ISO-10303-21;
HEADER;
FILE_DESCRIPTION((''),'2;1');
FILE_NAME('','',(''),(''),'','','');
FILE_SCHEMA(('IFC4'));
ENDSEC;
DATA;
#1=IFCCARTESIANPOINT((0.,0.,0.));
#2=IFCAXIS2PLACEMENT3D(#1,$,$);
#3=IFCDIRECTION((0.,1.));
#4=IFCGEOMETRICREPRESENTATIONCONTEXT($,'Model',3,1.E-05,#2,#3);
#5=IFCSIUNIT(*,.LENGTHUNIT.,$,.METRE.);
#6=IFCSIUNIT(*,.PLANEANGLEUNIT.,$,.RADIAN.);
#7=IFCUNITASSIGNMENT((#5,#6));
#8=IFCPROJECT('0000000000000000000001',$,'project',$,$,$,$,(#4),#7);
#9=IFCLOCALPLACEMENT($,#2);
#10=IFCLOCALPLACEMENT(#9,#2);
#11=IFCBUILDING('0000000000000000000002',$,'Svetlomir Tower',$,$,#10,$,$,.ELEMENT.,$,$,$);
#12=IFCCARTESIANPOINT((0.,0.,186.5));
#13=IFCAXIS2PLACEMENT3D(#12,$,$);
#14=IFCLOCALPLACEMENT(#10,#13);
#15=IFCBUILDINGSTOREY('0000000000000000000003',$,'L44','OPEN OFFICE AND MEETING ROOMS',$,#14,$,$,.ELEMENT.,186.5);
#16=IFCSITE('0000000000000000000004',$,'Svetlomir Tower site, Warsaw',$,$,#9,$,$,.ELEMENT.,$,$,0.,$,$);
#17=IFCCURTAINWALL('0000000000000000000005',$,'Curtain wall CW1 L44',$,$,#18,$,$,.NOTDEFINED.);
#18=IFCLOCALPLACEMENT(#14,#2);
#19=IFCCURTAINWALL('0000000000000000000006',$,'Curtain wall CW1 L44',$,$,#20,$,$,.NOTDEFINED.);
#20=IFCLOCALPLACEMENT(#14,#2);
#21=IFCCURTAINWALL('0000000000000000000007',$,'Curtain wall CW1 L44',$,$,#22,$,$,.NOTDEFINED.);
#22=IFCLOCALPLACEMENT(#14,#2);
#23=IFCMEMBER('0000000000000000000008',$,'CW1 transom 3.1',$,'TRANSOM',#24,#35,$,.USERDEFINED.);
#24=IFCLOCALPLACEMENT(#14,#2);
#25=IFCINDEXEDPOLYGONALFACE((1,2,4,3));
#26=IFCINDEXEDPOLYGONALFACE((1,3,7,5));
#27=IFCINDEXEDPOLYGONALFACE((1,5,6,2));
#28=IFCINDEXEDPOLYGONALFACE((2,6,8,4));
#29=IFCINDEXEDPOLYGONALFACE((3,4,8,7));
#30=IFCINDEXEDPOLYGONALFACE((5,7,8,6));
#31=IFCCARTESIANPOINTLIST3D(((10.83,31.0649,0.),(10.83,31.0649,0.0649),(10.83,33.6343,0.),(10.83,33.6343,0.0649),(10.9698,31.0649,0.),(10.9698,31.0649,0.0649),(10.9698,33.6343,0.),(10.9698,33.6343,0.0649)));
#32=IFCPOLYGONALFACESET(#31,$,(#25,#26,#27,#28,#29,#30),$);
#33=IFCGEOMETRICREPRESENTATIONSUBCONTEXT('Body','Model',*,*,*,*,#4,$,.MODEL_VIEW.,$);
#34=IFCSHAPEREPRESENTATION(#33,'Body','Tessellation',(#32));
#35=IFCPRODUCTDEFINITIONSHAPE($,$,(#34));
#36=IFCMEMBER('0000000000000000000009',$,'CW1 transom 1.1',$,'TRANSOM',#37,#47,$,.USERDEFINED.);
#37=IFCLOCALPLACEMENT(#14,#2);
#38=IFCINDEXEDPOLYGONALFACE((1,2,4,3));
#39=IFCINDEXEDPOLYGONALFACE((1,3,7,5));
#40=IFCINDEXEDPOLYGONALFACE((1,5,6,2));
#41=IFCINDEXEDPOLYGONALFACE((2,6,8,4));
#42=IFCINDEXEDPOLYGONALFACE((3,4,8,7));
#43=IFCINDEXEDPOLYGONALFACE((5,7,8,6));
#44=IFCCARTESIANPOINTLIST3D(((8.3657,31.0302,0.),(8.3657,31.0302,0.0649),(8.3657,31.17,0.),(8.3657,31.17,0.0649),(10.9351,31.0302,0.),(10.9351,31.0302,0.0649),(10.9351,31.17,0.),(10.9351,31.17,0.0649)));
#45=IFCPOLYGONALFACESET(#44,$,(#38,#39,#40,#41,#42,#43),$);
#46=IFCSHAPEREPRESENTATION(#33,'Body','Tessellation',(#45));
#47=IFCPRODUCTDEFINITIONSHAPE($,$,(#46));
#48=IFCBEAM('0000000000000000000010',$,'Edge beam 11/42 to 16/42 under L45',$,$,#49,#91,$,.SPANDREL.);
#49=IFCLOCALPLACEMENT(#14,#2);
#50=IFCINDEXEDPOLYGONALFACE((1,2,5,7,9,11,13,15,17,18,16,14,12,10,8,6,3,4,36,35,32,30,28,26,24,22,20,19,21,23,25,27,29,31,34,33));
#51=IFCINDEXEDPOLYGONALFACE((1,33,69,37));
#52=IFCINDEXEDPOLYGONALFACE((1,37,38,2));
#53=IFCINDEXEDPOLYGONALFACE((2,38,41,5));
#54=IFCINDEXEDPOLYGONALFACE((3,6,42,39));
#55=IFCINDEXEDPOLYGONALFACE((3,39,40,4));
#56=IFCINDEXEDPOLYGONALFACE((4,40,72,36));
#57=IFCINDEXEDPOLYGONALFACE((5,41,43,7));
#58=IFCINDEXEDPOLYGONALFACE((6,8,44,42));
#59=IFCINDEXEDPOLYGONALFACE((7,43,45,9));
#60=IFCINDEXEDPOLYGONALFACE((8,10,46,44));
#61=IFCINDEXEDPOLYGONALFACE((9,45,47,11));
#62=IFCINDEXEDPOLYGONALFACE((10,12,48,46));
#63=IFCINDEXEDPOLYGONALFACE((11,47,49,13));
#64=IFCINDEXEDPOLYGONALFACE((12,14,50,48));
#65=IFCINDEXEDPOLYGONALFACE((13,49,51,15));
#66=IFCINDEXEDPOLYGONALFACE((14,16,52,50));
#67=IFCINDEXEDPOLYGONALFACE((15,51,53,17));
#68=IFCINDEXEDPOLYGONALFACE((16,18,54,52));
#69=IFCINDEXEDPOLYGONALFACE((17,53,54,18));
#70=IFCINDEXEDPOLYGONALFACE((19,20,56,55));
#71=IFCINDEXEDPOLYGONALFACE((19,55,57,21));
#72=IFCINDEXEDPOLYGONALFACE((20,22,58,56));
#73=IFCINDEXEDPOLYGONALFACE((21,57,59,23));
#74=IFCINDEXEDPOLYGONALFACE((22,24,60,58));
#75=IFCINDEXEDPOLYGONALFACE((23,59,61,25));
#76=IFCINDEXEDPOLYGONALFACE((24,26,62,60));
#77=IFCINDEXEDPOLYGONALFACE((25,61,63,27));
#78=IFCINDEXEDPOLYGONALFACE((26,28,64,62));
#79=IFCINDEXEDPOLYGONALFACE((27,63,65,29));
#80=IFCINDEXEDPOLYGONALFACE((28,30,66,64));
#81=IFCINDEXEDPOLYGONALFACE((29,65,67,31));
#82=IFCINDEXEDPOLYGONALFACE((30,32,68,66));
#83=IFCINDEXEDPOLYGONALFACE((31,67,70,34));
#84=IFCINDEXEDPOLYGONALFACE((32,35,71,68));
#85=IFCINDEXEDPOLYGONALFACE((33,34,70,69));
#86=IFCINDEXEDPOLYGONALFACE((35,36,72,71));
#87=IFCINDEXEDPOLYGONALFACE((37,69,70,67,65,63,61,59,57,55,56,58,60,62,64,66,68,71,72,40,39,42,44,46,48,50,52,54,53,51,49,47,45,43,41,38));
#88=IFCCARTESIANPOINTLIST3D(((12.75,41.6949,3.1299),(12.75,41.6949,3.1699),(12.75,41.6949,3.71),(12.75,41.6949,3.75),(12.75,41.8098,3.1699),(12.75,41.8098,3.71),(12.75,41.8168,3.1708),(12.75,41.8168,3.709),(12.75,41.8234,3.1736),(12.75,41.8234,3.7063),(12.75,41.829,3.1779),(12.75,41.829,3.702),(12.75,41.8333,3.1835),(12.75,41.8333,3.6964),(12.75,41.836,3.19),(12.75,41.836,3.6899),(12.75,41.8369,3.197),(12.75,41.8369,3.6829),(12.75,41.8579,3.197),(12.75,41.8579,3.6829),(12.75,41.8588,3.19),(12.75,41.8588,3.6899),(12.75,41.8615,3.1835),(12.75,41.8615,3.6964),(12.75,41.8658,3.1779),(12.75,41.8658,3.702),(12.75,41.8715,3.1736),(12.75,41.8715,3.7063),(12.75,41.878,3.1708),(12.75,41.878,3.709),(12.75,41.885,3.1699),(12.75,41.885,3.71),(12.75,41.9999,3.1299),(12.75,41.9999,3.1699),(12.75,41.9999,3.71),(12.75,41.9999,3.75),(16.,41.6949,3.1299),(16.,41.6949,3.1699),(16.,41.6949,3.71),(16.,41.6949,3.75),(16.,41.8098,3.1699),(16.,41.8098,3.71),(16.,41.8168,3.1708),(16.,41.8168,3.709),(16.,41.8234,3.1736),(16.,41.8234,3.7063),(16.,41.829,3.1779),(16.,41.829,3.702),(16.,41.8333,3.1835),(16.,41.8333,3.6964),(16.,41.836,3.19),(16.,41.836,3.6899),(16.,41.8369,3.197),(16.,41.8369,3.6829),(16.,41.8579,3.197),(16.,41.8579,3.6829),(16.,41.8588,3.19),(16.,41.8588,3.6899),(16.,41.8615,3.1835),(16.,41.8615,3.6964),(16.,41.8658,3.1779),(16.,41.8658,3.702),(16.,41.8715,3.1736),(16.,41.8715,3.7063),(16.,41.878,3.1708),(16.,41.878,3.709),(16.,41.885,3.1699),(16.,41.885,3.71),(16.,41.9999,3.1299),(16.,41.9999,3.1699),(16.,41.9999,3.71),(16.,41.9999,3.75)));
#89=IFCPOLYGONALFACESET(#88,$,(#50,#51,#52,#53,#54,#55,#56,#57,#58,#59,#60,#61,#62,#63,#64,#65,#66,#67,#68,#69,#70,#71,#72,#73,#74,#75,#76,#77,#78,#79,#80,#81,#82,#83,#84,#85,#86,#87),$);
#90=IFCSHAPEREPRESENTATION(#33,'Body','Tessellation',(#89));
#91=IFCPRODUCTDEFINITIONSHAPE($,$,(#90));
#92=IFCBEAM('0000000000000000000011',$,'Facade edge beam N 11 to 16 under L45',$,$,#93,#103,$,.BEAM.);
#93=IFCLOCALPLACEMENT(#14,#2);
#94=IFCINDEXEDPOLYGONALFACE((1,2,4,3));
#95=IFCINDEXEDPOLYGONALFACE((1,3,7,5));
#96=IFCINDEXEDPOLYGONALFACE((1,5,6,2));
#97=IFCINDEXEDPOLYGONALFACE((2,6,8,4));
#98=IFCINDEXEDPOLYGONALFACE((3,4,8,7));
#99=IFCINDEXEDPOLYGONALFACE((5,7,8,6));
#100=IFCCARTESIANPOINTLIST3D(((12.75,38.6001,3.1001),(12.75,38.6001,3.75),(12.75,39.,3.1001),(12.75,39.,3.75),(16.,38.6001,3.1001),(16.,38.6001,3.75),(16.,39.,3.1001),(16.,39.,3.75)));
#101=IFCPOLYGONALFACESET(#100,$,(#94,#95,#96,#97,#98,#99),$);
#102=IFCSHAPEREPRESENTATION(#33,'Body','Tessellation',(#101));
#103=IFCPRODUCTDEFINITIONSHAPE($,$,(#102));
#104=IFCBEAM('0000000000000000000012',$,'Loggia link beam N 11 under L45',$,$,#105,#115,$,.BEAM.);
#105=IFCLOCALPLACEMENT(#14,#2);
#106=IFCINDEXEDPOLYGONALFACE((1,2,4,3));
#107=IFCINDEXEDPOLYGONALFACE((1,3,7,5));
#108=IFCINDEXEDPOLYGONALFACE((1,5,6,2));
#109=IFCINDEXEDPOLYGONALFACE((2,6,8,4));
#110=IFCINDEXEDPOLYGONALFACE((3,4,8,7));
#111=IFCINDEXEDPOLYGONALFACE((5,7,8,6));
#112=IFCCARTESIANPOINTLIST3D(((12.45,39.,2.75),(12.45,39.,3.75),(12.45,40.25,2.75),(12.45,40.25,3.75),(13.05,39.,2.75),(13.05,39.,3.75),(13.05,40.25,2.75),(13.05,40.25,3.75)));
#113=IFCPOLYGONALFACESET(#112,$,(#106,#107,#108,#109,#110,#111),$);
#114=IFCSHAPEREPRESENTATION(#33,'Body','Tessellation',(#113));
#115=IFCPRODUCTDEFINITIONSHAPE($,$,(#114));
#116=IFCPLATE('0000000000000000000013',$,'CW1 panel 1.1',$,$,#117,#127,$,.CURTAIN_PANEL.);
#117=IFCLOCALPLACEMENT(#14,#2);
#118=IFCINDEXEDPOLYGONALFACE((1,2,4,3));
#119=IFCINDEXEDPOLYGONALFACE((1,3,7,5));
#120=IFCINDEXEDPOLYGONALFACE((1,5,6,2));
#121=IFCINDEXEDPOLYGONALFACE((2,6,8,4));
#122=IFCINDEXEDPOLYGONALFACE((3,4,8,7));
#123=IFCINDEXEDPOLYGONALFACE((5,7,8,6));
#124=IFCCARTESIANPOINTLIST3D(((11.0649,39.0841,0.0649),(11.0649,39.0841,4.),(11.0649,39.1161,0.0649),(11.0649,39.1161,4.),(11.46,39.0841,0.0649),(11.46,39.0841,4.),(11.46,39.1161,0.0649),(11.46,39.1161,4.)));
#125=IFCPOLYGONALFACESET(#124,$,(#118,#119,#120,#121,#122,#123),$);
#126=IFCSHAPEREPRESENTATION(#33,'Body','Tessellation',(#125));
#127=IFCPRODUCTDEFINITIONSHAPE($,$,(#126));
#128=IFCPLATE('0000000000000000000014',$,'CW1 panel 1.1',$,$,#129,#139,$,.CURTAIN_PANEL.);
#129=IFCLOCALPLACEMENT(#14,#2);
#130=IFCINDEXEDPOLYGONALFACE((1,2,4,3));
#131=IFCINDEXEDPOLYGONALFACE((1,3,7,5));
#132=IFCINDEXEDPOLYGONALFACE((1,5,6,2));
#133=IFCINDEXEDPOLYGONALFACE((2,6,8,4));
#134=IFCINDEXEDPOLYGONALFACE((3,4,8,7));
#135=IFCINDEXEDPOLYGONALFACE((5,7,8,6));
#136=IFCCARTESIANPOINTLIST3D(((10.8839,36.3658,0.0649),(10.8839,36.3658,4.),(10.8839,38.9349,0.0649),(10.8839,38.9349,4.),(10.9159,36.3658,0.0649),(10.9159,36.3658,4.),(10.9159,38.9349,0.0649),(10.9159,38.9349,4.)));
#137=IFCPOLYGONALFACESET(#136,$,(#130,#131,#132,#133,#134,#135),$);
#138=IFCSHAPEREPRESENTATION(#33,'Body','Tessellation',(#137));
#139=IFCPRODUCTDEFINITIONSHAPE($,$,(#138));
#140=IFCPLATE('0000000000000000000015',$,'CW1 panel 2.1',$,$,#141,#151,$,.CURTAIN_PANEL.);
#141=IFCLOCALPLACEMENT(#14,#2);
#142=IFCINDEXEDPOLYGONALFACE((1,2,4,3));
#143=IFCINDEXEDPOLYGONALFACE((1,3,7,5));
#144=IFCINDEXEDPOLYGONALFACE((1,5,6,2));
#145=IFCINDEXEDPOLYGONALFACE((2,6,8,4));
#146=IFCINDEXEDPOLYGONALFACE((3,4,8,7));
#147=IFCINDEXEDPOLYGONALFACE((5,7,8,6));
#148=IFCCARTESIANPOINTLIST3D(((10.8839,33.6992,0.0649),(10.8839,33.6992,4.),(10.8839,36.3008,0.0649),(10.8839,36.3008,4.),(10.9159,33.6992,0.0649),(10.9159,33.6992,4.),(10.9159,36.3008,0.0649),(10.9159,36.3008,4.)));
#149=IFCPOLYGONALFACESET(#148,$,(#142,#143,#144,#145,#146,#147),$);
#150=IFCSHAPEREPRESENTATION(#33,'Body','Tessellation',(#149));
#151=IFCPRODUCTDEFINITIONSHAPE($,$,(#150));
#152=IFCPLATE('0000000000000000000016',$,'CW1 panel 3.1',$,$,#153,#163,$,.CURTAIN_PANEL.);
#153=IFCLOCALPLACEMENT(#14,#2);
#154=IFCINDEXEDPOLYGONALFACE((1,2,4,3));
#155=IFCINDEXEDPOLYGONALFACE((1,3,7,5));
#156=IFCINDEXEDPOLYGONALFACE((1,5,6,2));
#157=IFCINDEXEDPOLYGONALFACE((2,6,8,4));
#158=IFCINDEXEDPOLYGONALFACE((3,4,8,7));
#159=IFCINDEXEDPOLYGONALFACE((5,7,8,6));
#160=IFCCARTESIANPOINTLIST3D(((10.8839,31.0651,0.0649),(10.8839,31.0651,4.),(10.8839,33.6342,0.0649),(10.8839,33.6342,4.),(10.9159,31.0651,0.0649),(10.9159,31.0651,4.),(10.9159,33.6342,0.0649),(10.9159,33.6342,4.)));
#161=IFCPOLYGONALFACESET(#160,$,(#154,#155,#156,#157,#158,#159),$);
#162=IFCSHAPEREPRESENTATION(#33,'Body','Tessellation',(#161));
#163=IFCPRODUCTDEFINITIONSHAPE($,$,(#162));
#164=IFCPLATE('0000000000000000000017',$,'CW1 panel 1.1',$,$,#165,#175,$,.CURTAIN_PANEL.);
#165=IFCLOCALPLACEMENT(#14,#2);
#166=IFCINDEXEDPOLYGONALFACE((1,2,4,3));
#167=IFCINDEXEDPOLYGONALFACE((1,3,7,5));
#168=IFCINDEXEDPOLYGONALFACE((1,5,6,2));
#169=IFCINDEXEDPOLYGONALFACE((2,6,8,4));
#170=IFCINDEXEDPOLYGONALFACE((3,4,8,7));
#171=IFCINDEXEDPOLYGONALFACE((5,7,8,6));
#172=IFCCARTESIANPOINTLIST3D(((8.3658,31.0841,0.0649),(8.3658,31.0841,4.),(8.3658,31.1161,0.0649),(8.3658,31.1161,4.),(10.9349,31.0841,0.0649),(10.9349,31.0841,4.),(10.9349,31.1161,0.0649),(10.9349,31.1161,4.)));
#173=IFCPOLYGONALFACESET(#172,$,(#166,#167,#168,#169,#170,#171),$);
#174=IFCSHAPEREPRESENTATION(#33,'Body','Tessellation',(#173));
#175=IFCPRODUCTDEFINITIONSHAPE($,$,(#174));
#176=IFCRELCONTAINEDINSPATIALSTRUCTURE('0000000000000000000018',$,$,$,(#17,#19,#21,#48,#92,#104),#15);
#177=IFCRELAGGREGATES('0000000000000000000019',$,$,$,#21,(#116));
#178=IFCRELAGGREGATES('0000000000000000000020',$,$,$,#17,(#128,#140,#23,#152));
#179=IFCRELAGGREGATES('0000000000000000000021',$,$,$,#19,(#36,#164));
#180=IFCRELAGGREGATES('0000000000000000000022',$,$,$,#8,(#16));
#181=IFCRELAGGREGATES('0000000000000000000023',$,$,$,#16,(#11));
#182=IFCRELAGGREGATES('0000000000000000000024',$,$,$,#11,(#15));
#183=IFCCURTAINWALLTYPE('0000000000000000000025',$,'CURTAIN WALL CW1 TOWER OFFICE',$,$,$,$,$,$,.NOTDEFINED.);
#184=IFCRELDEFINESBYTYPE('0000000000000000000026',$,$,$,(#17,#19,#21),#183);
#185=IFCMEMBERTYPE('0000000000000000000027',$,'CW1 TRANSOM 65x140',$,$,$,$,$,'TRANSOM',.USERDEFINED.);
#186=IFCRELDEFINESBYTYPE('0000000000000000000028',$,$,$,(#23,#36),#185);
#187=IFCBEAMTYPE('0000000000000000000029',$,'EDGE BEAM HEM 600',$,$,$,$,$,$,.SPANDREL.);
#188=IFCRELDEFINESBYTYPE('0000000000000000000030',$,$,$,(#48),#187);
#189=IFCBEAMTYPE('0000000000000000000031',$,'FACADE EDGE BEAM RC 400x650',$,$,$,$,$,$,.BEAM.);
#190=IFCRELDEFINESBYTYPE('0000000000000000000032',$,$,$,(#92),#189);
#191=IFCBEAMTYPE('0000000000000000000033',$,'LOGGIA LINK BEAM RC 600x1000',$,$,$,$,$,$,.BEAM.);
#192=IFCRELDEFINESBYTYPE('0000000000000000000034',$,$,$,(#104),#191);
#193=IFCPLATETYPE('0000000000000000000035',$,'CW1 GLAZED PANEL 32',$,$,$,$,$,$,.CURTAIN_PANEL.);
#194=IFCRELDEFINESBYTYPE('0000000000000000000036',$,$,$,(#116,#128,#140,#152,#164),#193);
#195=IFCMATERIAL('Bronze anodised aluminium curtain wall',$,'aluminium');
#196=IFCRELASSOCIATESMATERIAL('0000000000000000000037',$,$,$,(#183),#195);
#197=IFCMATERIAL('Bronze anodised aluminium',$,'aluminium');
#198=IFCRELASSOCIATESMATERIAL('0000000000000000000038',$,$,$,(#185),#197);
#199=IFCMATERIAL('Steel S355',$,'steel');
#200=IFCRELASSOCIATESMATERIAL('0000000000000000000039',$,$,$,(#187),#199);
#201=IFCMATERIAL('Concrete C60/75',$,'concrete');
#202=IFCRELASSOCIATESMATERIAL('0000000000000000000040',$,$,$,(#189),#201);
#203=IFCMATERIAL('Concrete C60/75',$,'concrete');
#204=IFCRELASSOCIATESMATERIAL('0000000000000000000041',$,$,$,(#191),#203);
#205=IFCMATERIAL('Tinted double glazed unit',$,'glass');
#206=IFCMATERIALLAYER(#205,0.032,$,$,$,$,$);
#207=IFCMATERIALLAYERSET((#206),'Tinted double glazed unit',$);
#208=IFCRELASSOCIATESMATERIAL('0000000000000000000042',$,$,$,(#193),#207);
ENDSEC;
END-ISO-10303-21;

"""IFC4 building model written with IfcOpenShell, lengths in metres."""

from ifc_helpers import new_model, si_unit, direction, frame, origin, origin_2d, place, context, subcontext, project, spatial, rectangle, i_section, extrude, material, layer, layer_set, material_profile, profile_set, type_object, element, aggregate, save


model = new_model("IFC4")

# Units and contexts
model_context = context("Model", 3, precision=1e-05, world=origin(), true_north=direction((0.0, 1.0)))
body_context = subcontext(model_context, "Body", "Model", "MODEL_VIEW")
ifc_project = project(units=[si_unit("LENGTHUNIT", "METRE"), si_unit("PLANEANGLEUNIT", "RADIAN")], contexts=[model_context])

# Site, building, storey
site_placement = place(None, origin())
site = spatial("IfcSite", under=ifc_project, at=site_placement, Name="Svetlomir Tower site, Warsaw", CompositionType="ELEMENT", RefElevation=0.0)
building_placement = place(site_placement, origin())
building = spatial("IfcBuilding", under=site, at=building_placement, Name="Svetlomir Tower", CompositionType="ELEMENT")
storey_placement = place(building_placement, frame((0.0, 0.0, 186.5)))
storey = spatial("IfcBuildingStorey", under=building, at=storey_placement, Name="L44", Description="OPEN OFFICE AND MEETING ROOMS", CompositionType="ELEMENT", Elevation=186.5)

# Curtain walls
ifc_material_1 = material(Name="Bronze anodised aluminium curtain wall", Category="aluminium")
curtain_wall_type = type_object("IfcCurtainWallType", Name="CURTAIN WALL CW1 TOWER OFFICE", PredefinedType="NOTDEFINED", material=ifc_material_1)
curtain_wall_1_placement = place(storey_placement, origin())
curtain_wall_1 = element("IfcCurtainWall", 1, at=curtain_wall_1_placement, inside=storey, type_object=curtain_wall_type, Name="Curtain wall CW1 L44", PredefinedType="NOTDEFINED")
curtain_wall_2_placement = place(storey_placement, origin())
curtain_wall_2 = element("IfcCurtainWall", 2, at=curtain_wall_2_placement, inside=storey, type_object=curtain_wall_type, Name="Curtain wall CW1 L44", PredefinedType="NOTDEFINED")

# Curtain wall
curtain_wall_3_placement = place(storey_placement, origin())
curtain_wall_3 = element("IfcCurtainWall", 3, at=curtain_wall_3_placement, inside=storey, type_object=curtain_wall_type, Name="Curtain wall CW1 L44", PredefinedType="NOTDEFINED")

# Members
ifc_material_2 = material(Name="Bronze anodised aluminium", Category="aluminium")
ifc_material_profile_1 = material_profile(ifc_material_2, rectangle(XDim=0.1399, YDim=0.0649, at=origin_2d()), Name="AL 140x65")
ifc_profile_set_1 = profile_set([ifc_material_profile_1], Name="Bronze anodised aluminium 6063-T6")
member_type_1 = type_object("IfcMemberType", Name="CW1 TRANSOM 65x140", ElementType="TRANSOM", PredefinedType="USERDEFINED", material=ifc_profile_set_1)
member_1_placement = place(storey_placement, frame((10.8999, 33.6343, 0.0325), z_axis=(0.0, -1.0, 0.0), x_axis=(1.0, 0.0, 0.0)))
member_1 = element("IfcMember", 4, at=member_1_placement, type_object=member_type_1, Name="CW1 transom 3.1", ObjectType="TRANSOM", PredefinedType="USERDEFINED", context=body_context, shape_type="SweptSolid", body=[
    extrude(rectangle(XDim=0.1399, YDim=0.0649, at=origin_2d()), origin(), (0.0, 0.0, 1.0), 2.5693),
])
member_2_placement = place(storey_placement, frame((10.9351, 31.1001, 0.0325), z_axis=(-1.0, 0.0, 0.0), x_axis=(0.0, -1.0, 0.0)))
member_2 = element("IfcMember", 5, at=member_2_placement, type_object=member_type_1, Name="CW1 transom 1.1", ObjectType="TRANSOM", PredefinedType="USERDEFINED", context=body_context, shape_type="SweptSolid", body=[
    extrude(rectangle(XDim=0.1399, YDim=0.0649, at=origin_2d()), origin(), (0.0, 0.0, 1.0), 2.5693),
])

# Beams
ifc_material_3 = material(Name="Steel S355", Category="steel")
ifc_material_profile_2 = material_profile(ifc_material_3, i_section(OverallWidth=0.3049, OverallDepth=0.6201, WebThickness=0.021, FlangeThickness=0.04, FilletRadius=0.0271, at=origin_2d()), Name="HEM 600")
ifc_profile_set_2 = profile_set([ifc_material_profile_2], Name="Steel S355")
beam_type_1 = type_object("IfcBeamType", Name="EDGE BEAM HEM 600", PredefinedType="SPANDREL", material=ifc_profile_set_2)
beam_1_placement = place(storey_placement, frame((12.75, 41.8474, 3.4399), z_axis=(1.0, 0.0, 0.0), x_axis=(0.0, 1.0, 0.0)))
element("IfcBeam", 6, at=beam_1_placement, inside=storey, type_object=beam_type_1, Name="Edge beam 11/42 to 16/42 under L45", PredefinedType="SPANDREL", context=body_context, shape_type="SweptSolid", body=[
    extrude(i_section(OverallWidth=0.3049, OverallDepth=0.6201, WebThickness=0.021, FlangeThickness=0.04, FilletRadius=0.0271, at=origin_2d()), origin(), (0.0, 0.0, 1.0), 3.25),
])
ifc_material_4 = material(Name="Concrete C60/75", Category="concrete")
ifc_material_profile_3 = material_profile(ifc_material_4, rectangle(XDim=0.3999, YDim=0.6499, at=origin_2d()), Name="RC 400x650")
ifc_profile_set_3 = profile_set([ifc_material_profile_3], Name="Concrete C60/75")
beam_type_2 = type_object("IfcBeamType", Name="FACADE EDGE BEAM RC 400x650", PredefinedType="BEAM", material=ifc_profile_set_3)
beam_2_placement = place(storey_placement, frame((12.75, 38.8, 3.425), z_axis=(1.0, 0.0, 0.0), x_axis=(0.0, 1.0, 0.0)))
element("IfcBeam", 7, at=beam_2_placement, inside=storey, type_object=beam_type_2, Name="Facade edge beam N 11 to 16 under L45", PredefinedType="BEAM", context=body_context, shape_type="SweptSolid", body=[
    extrude(rectangle(XDim=0.3999, YDim=0.6499, at=origin_2d()), origin(), (0.0, 0.0, 1.0), 3.25),
])
ifc_material_5 = material(Name="Concrete C60/75", Category="concrete")
ifc_material_profile_4 = material_profile(ifc_material_5, rectangle(XDim=0.6001, YDim=1.0, at=origin_2d()), Name="RC 600x1000")
ifc_profile_set_4 = profile_set([ifc_material_profile_4], Name="Concrete C60/75")
beam_type_3 = type_object("IfcBeamType", Name="LOGGIA LINK BEAM RC 600x1000", PredefinedType="BEAM", material=ifc_profile_set_4)
beam_3_placement = place(storey_placement, frame((12.75, 40.25, 3.25), z_axis=(0.0, -1.0, 0.0), x_axis=(1.0, 0.0, 0.0)))
element("IfcBeam", 8, at=beam_3_placement, inside=storey, type_object=beam_type_3, Name="Loggia link beam N 11 under L45", PredefinedType="BEAM", context=body_context, shape_type="SweptSolid", body=[
    extrude(rectangle(XDim=0.6001, YDim=1.0, at=origin_2d()), origin(), (0.0, 0.0, 1.0), 1.25),
])

# Plates
ifc_material_6 = material(Name="Tinted double glazed unit", Category="glass")
ifc_layer_1 = layer(ifc_material_6, 0.032)
ifc_layer_set_1 = layer_set([ifc_layer_1], Name="Tinted double glazed unit")
plate_type = type_object("IfcPlateType", Name="CW1 GLAZED PANEL 32", PredefinedType="CURTAIN_PANEL", material=ifc_layer_set_1)
plate_1_placement = place(storey_placement, frame((11.2625, 39.1001, 0.0649), z_axis=(0.0, 0.0, 1.0), x_axis=(-1.0, 0.0, 0.0)))
plate_1 = element("IfcPlate", 9, at=plate_1_placement, type_object=plate_type, Name="CW1 panel 1.1", PredefinedType="CURTAIN_PANEL", context=body_context, shape_type="SweptSolid", body=[
    extrude(rectangle(XDim=0.395, YDim=0.032, at=origin_2d()), origin(), (0.0, 0.0, 1.0), 3.9351),
])
aggregate(curtain_wall_3, [plate_1])
plate_2_placement = place(storey_placement, frame((10.8999, 37.6504, 0.0649), z_axis=(0.0, 0.0, 1.0), x_axis=(0.0, -1.0, 0.0)))
plate_2 = element("IfcPlate", 10, at=plate_2_placement, type_object=plate_type, Name="CW1 panel 1.1", PredefinedType="CURTAIN_PANEL", context=body_context, shape_type="SweptSolid", body=[
    extrude(rectangle(XDim=2.5691, YDim=0.032, at=origin_2d()), origin(), (0.0, 0.0, 1.0), 3.9351),
])
plate_3_placement = place(storey_placement, frame((10.8999, 35.0, 0.0649), z_axis=(0.0, 0.0, 1.0), x_axis=(0.0, -1.0, 0.0)))
plate_3 = element("IfcPlate", 11, at=plate_3_placement, type_object=plate_type, Name="CW1 panel 2.1", PredefinedType="CURTAIN_PANEL", context=body_context, shape_type="SweptSolid", body=[
    extrude(rectangle(XDim=2.6016, YDim=0.032, at=origin_2d()), origin(), (0.0, 0.0, 1.0), 3.9351),
])
plate_4_placement = place(storey_placement, frame((10.8999, 32.3496, 0.0649), z_axis=(0.0, 0.0, 1.0), x_axis=(0.0, -1.0, 0.0)))
plate_4 = element("IfcPlate", 12, at=plate_4_placement, type_object=plate_type, Name="CW1 panel 3.1", PredefinedType="CURTAIN_PANEL", context=body_context, shape_type="SweptSolid", body=[
    extrude(rectangle(XDim=2.5691, YDim=0.032, at=origin_2d()), origin(), (0.0, 0.0, 1.0), 3.9351),
])
aggregate(curtain_wall_1, [plate_2, plate_3, member_1, plate_4])
plate_5_placement = place(storey_placement, frame((9.6504, 31.1001, 0.0649), z_axis=(0.0, 0.0, 1.0), x_axis=(-1.0, 0.0, 0.0)))
plate_5 = element("IfcPlate", 13, at=plate_5_placement, type_object=plate_type, Name="CW1 panel 1.1", PredefinedType="CURTAIN_PANEL", context=body_context, shape_type="SweptSolid", body=[
    extrude(rectangle(XDim=2.5691, YDim=0.032, at=origin_2d()), origin(), (0.0, 0.0, 1.0), 3.9351),
])
aggregate(curtain_wall_2, [member_2, plate_5])

save(model, "model.ifc")
